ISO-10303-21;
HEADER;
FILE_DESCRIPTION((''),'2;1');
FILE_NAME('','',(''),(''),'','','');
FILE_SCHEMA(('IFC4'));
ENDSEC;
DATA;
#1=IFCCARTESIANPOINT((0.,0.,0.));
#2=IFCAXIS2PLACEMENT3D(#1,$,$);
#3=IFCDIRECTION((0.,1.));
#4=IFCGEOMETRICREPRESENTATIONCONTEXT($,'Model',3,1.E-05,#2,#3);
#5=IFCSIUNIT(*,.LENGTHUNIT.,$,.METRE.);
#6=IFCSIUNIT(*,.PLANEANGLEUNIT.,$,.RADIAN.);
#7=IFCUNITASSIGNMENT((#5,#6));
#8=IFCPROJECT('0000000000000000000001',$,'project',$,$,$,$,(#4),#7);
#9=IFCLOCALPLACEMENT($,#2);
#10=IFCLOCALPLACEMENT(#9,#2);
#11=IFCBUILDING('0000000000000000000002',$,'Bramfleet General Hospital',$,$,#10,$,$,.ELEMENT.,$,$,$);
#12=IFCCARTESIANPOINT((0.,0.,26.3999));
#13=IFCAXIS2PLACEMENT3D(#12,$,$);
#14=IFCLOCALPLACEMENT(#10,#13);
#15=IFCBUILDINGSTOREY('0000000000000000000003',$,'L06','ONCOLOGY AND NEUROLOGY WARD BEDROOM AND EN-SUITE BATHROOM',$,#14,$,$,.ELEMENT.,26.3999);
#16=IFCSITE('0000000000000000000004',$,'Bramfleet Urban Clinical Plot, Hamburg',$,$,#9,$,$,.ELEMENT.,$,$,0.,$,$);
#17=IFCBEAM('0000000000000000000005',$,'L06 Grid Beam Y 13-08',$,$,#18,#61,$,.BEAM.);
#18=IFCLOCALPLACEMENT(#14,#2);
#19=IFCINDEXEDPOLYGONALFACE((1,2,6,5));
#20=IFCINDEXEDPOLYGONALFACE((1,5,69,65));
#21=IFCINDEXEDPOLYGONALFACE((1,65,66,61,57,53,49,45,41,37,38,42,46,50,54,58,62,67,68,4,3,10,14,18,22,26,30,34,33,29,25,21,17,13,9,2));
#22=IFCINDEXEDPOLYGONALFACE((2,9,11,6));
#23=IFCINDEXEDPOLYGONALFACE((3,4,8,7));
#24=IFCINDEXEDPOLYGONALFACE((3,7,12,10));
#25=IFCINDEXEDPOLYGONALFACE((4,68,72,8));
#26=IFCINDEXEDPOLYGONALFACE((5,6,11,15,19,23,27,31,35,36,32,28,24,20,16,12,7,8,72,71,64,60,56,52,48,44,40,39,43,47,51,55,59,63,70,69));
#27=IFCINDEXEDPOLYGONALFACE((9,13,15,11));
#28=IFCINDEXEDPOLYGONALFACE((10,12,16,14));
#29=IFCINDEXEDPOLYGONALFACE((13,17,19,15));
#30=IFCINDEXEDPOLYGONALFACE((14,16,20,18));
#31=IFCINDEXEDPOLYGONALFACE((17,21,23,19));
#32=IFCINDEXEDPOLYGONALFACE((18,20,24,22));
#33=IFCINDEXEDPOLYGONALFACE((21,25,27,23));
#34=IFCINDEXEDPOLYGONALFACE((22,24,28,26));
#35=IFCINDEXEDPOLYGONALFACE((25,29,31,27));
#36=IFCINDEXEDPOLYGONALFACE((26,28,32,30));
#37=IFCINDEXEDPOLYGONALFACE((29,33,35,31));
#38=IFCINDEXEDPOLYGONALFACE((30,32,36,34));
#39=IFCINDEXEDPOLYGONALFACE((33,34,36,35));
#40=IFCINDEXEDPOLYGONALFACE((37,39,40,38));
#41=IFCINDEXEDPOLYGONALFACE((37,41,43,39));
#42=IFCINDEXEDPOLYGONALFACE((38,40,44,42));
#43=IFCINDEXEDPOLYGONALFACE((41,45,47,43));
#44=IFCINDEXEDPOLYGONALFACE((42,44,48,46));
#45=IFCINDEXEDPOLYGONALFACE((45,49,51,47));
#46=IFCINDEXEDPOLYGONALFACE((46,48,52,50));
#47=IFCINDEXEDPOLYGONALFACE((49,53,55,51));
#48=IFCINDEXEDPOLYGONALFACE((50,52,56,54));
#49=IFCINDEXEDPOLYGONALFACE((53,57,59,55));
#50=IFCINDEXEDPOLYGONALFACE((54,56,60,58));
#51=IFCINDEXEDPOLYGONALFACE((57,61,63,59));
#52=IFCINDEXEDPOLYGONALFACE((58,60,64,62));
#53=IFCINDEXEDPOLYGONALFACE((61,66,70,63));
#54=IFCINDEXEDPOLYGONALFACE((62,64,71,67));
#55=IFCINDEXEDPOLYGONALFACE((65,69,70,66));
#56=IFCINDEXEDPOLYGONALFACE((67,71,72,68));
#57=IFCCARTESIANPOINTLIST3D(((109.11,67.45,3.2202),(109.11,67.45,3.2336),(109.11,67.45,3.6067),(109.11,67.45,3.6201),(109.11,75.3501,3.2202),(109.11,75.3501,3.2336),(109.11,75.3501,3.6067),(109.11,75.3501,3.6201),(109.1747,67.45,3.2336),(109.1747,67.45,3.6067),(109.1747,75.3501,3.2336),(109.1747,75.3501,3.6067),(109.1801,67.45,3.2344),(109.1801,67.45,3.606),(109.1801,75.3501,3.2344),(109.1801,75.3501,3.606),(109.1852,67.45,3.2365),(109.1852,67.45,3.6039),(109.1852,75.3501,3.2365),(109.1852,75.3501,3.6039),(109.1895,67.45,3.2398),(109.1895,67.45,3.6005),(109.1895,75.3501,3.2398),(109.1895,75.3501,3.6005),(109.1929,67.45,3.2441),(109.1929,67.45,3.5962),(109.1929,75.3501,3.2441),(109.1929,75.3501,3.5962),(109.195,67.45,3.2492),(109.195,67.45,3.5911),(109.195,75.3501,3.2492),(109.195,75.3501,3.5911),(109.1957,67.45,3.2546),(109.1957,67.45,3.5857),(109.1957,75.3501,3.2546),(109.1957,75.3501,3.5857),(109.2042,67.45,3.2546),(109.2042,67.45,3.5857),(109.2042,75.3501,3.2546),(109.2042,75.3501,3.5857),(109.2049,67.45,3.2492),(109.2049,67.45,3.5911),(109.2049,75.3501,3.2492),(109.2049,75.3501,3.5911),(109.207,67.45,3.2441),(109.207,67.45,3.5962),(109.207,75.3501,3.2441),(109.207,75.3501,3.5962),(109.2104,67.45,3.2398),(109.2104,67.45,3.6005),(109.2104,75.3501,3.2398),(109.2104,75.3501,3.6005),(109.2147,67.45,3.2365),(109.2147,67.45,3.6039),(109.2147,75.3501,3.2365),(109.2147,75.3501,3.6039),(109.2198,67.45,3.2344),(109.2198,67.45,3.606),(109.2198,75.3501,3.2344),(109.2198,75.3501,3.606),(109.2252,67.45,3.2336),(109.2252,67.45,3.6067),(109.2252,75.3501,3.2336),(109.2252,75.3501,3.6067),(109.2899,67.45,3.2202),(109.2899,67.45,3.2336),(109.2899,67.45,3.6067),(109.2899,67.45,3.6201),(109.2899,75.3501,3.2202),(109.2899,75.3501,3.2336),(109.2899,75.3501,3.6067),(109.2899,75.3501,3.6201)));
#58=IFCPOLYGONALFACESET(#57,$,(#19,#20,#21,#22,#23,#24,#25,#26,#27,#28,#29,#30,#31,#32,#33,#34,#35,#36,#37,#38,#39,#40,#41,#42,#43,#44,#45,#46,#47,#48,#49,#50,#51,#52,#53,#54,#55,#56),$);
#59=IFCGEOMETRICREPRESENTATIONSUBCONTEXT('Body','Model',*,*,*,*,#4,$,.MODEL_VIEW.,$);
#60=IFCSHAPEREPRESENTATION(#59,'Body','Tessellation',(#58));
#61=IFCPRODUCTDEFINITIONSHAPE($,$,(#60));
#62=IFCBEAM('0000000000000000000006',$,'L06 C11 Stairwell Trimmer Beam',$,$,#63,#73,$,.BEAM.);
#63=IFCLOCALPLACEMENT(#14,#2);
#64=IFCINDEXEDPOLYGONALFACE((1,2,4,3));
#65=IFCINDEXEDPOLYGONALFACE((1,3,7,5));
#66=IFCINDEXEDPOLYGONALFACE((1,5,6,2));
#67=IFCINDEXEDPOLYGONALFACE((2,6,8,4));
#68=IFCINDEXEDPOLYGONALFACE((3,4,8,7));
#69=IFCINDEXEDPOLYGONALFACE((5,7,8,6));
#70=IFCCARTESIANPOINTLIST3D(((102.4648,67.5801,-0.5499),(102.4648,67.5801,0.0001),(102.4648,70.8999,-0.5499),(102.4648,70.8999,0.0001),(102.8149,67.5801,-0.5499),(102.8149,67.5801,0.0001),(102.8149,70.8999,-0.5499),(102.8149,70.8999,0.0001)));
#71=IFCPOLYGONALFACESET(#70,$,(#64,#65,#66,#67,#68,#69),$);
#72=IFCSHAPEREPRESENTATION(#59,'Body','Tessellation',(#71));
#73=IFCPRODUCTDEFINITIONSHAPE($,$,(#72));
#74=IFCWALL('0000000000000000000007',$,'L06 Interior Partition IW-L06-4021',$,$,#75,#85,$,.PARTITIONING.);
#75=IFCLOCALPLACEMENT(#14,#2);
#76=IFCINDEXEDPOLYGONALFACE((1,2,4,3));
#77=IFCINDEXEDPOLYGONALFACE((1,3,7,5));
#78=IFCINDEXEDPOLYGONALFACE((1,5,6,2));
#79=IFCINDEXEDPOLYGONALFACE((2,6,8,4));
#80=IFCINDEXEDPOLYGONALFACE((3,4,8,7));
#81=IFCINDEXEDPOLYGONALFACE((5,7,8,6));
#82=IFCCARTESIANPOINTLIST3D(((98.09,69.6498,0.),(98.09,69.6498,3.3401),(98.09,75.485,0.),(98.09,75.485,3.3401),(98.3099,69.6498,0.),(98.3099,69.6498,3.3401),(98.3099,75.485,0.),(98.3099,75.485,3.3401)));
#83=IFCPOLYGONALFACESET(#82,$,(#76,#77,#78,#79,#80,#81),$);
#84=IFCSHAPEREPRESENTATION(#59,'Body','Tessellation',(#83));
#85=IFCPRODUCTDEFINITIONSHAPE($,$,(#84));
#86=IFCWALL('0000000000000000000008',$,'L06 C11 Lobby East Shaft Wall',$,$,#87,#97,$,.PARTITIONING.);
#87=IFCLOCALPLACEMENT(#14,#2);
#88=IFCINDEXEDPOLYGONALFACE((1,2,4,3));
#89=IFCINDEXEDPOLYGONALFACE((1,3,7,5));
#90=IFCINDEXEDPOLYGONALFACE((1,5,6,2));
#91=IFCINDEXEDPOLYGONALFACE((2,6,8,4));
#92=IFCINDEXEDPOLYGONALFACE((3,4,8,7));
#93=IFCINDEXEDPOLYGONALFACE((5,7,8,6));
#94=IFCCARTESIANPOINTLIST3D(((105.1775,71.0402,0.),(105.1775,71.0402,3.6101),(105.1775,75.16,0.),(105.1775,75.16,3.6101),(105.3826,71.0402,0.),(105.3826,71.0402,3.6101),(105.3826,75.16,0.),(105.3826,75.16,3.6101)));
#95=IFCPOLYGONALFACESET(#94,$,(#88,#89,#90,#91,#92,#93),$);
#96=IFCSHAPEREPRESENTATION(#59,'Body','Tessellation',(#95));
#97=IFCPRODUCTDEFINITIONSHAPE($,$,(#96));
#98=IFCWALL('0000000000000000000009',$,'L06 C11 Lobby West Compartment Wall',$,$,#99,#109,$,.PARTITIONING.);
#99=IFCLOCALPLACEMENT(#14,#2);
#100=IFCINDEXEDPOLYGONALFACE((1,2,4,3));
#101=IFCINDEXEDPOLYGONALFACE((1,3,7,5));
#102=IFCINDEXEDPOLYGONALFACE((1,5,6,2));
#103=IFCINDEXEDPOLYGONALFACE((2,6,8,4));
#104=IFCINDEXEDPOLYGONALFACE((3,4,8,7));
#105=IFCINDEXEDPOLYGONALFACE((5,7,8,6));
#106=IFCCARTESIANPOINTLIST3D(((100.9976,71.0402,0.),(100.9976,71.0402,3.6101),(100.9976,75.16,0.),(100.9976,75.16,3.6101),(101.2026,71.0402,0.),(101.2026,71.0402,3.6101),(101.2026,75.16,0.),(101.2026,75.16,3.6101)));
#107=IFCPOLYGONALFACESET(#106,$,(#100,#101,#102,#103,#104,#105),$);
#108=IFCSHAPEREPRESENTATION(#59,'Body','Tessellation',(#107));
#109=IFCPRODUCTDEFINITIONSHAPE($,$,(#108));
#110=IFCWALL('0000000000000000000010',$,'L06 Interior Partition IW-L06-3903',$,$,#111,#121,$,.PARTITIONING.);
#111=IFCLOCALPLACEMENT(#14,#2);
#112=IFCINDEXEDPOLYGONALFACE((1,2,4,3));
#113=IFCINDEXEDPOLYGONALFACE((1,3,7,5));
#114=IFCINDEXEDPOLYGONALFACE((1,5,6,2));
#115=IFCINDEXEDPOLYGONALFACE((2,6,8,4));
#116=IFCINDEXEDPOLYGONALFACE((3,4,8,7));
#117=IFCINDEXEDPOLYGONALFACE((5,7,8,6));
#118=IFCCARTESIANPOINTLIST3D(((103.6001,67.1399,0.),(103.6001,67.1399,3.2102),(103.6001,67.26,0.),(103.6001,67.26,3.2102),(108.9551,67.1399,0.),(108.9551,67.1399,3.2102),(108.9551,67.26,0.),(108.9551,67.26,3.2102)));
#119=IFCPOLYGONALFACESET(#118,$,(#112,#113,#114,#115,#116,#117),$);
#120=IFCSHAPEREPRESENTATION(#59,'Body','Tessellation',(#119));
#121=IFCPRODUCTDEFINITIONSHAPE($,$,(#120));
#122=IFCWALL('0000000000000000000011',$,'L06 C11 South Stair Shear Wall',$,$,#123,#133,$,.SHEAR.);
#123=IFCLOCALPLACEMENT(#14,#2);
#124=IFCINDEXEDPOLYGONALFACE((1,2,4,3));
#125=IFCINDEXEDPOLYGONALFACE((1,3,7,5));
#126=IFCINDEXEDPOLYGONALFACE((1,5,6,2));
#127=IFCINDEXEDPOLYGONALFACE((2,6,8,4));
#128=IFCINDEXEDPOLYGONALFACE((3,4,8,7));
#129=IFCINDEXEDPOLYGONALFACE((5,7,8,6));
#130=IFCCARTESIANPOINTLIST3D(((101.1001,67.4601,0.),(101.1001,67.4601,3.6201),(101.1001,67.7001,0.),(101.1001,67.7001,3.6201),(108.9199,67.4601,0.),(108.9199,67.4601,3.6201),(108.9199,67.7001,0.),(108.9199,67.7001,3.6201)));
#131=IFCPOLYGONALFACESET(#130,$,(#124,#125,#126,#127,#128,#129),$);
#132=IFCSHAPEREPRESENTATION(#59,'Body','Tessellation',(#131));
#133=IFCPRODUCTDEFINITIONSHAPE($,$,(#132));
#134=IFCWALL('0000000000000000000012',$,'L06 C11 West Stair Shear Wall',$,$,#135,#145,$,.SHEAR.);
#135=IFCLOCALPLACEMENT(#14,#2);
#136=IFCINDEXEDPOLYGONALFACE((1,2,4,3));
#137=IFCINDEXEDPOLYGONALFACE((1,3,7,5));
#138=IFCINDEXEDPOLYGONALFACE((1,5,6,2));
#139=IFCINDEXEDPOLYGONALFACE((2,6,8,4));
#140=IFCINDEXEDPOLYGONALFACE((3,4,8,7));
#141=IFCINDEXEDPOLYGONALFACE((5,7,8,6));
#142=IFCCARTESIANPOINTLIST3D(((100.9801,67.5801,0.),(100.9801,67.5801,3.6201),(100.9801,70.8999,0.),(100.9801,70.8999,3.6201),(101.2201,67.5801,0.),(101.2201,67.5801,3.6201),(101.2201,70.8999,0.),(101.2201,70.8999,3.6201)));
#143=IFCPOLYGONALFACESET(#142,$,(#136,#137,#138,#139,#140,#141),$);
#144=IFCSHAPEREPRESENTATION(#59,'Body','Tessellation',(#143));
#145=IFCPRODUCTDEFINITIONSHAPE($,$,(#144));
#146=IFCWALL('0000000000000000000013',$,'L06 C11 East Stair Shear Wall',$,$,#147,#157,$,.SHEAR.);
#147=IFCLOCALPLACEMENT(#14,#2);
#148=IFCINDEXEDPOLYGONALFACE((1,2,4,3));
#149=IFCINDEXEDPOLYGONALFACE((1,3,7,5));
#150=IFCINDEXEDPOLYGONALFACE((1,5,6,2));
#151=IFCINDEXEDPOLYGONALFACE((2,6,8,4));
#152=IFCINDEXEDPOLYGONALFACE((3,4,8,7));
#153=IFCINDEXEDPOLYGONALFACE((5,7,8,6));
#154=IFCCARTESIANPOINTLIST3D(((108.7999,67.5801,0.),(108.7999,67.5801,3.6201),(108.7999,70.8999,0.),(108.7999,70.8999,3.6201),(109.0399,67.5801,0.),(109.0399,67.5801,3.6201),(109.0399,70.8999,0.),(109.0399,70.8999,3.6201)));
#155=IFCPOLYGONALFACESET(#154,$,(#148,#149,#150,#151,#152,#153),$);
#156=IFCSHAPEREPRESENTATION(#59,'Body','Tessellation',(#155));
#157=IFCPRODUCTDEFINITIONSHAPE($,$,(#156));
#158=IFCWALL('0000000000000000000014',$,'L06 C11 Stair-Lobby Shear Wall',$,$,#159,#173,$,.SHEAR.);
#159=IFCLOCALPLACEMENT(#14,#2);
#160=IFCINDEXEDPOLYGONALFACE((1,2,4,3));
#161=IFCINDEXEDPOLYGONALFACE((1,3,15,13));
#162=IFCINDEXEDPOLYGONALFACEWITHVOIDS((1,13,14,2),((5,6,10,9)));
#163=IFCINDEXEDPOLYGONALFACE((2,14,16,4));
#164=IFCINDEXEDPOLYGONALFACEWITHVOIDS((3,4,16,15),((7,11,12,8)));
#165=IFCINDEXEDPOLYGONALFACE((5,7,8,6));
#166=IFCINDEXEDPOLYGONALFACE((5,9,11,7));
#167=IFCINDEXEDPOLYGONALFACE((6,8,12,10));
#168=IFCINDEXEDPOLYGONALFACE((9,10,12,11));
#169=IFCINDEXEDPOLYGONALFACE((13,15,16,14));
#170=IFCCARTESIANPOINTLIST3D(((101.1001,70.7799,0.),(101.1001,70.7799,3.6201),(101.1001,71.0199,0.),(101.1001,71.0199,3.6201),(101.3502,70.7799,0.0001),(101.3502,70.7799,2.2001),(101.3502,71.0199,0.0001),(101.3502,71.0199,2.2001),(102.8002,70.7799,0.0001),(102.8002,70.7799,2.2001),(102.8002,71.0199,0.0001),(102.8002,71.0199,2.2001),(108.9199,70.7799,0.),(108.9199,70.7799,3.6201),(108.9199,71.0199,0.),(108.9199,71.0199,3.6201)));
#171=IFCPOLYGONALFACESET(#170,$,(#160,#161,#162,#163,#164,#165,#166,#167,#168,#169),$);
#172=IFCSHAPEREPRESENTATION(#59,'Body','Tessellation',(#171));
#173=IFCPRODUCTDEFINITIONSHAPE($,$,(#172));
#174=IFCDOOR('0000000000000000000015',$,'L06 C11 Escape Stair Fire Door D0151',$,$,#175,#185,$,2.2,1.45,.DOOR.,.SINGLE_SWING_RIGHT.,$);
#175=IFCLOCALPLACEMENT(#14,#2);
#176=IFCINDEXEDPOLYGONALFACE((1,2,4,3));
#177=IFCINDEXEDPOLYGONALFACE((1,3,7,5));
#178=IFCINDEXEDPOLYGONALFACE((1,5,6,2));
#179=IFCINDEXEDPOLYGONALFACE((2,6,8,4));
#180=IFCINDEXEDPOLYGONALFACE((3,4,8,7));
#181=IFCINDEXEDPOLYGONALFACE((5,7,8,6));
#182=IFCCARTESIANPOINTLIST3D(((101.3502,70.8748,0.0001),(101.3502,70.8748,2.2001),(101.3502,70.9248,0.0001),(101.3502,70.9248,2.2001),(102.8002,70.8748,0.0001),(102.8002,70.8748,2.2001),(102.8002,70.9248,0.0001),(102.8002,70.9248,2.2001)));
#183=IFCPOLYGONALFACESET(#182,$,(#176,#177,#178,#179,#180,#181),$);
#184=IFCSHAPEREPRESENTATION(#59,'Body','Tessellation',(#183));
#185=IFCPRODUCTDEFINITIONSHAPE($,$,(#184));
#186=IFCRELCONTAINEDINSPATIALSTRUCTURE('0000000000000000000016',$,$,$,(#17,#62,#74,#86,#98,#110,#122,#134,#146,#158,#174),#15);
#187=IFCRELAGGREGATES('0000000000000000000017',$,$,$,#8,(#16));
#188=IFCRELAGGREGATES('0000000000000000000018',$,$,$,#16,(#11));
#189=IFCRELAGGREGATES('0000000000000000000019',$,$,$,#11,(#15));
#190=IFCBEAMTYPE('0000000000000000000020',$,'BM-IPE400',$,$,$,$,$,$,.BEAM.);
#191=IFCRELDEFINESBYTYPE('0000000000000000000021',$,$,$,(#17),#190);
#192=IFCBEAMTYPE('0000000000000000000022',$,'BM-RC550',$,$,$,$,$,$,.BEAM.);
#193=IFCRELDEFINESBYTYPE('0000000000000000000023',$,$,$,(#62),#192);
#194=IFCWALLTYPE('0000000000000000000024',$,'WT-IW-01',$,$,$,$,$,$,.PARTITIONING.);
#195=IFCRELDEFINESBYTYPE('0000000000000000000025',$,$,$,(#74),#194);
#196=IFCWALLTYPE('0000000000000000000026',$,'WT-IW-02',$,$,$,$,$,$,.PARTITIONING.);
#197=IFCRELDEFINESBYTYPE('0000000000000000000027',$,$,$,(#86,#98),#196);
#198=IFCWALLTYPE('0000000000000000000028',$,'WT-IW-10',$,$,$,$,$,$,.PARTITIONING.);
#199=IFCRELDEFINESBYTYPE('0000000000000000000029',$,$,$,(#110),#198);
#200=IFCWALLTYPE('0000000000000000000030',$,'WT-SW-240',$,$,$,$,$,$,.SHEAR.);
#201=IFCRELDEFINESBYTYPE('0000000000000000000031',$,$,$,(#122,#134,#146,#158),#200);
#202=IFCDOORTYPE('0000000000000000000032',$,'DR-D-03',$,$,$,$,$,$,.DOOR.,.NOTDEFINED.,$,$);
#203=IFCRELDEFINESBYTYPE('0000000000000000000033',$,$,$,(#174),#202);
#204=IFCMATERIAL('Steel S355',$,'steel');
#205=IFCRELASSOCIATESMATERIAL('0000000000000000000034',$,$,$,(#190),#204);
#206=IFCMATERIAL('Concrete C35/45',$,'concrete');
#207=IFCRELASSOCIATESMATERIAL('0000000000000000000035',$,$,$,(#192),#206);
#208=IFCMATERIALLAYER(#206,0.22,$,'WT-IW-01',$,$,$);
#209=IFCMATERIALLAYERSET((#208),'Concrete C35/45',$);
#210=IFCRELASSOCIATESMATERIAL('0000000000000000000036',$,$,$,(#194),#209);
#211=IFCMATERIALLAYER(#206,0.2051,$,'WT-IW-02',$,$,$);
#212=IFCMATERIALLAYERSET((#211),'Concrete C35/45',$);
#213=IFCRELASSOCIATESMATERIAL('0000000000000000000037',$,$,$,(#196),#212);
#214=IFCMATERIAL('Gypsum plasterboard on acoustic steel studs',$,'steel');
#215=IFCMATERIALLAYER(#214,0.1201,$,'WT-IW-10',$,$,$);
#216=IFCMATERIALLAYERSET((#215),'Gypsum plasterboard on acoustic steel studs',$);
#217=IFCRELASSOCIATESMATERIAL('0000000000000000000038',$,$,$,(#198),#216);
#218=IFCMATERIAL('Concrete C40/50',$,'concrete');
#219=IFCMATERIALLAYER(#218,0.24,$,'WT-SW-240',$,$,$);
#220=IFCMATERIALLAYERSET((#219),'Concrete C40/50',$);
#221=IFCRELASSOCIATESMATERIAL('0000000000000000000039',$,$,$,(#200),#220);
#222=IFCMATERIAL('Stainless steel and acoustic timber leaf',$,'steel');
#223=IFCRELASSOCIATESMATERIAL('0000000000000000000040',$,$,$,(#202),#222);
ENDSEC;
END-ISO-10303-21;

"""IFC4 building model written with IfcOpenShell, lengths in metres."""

from ifc_helpers import new_model, si_unit, direction, frame, frame_2d, origin, origin_2d, place, context, subcontext, project, spatial, rectangle, i_section, extrude, material, layer, layer_set, material_profile, profile_set, type_object, element, fill, save


model = new_model("IFC4")

# Units and contexts
model_context = context("Model", 3, precision=1e-05, world=origin(), true_north=direction((0.0, 1.0)))
body_context = subcontext(model_context, "Body", "Model", "MODEL_VIEW")
ifc_project = project(units=[si_unit("LENGTHUNIT", "METRE"), si_unit("PLANEANGLEUNIT", "RADIAN")], contexts=[model_context])

# Site, building, storey
site_placement = place(None, origin())
site = spatial("IfcSite", under=ifc_project, at=site_placement, Name="Bramfleet Urban Clinical Plot, Hamburg", CompositionType="ELEMENT", RefElevation=0.0)
building_placement = place(site_placement, origin())
building = spatial("IfcBuilding", under=site, at=building_placement, Name="Bramfleet General Hospital", CompositionType="ELEMENT")
storey_placement = place(building_placement, frame((0.0, 0.0, 26.3999)))
storey = spatial("IfcBuildingStorey", under=building, at=storey_placement, Name="L06", Description="ONCOLOGY AND NEUROLOGY WARD BEDROOM AND EN-SUITE BATHROOM", CompositionType="ELEMENT", Elevation=26.3999)

# Shared definitions
ifc_material_1 = material(Name="Concrete C40/50", Category="concrete")

# Beams
ifc_material_2 = material(Name="Steel S355", Category="steel")
ifc_material_profile_1 = material_profile(ifc_material_2, i_section(OverallWidth=0.1799, OverallDepth=0.3999, WebThickness=0.0085, FlangeThickness=0.0134, FilletRadius=0.021, at=origin_2d()), Name="IPE 400")
ifc_profile_set_1 = profile_set([ifc_material_profile_1], Name="Steel S355")
beam_type_1 = type_object("IfcBeamType", Name="BM-IPE400", PredefinedType="BEAM", material=ifc_profile_set_1)
for number, where, z_axis, x_axis, name in (
    (1, (109.2, 67.45, 3.4202), (0.0, 1.0, 0.0), (-1.0, 0.0, 0.0), "L06 Grid Beam Y 13-08"),
):
    element("IfcBeam", number, at=place(storey_placement, frame(where, z_axis=z_axis, x_axis=x_axis)), inside=storey, type_object=beam_type_1, Name=name, PredefinedType="BEAM", context=body_context, shape_type="SweptSolid", body=[
        extrude(i_section(OverallWidth=0.1799, OverallDepth=0.3999, WebThickness=0.0085, FlangeThickness=0.0134, FilletRadius=0.021, at=origin_2d()), origin(), (0.0, 0.0, 1.0), 7.9001),
    ])
ifc_material_3 = material(Name="Concrete C35/45", Category="concrete")
ifc_material_profile_2 = material_profile(ifc_material_3, rectangle(XDim=0.3501, YDim=0.55, at=origin_2d()), Name="RC BM 550x350")
ifc_profile_set_2 = profile_set([ifc_material_profile_2], Name="Concrete C35/45")
beam_type_2 = type_object("IfcBeamType", Name="BM-RC550", PredefinedType="BEAM", material=ifc_profile_set_2)
beam_placement = place(storey_placement, frame((102.6399, 67.5801, -0.2749), z_axis=(0.0, 1.0, 0.0), x_axis=(-1.0, 0.0, 0.0)))
element("IfcBeam", 2, at=beam_placement, inside=storey, type_object=beam_type_2, Name="L06 C11 Stairwell Trimmer Beam", PredefinedType="BEAM", context=body_context, shape_type="SweptSolid", body=[
    extrude(rectangle(XDim=0.3501, YDim=0.55, at=origin_2d()), origin(), (0.0, 0.0, 1.0), 3.3198),
])

# Walls
ifc_layer_1 = layer(ifc_material_3, 0.22, Name="WT-IW-01")
ifc_layer_set_1 = layer_set([ifc_layer_1], Name="Concrete C35/45")
wall_type_1 = type_object("IfcWallType", Name="WT-IW-01", PredefinedType="PARTITIONING", material=ifc_layer_set_1)
wall_1_placement = place(storey_placement, frame((98.2, 69.6499, 0.0), z_axis=(0.0, 0.0, 1.0), x_axis=(0.0, 1.0, 0.0)))
element("IfcWall", 3, at=wall_1_placement, inside=storey, type_object=wall_type_1, Name="L06 Interior Partition IW-L06-4021", PredefinedType="PARTITIONING", context=body_context, shape_type="SweptSolid", body=[
    extrude(rectangle(XDim=5.8352, YDim=0.22, at=frame_2d((2.9175, 0.0))), origin(), (0.0, 0.0, 1.0), 3.3401),
])
ifc_layer_2 = layer(ifc_material_3, 0.2051, Name="WT-IW-02")
ifc_layer_set_2 = layer_set([ifc_layer_2], Name="Concrete C35/45")
wall_type_2 = type_object("IfcWallType", Name="WT-IW-02", PredefinedType="PARTITIONING", material=ifc_layer_set_2)
for number, where, z_axis, x_axis, name in (
    (4, (105.28, 71.04, 0.0), (0.0, 0.0, 1.0), (0.0, 1.0, 0.0), "L06 C11 Lobby East Shaft Wall"),
    (5, (101.1001, 71.04, 0.0), (0.0, 0.0, 1.0), (0.0, 1.0, 0.0), "L06 C11 Lobby West Compartment Wall"),
):
    element("IfcWall", number, at=place(storey_placement, frame(where, z_axis=z_axis, x_axis=x_axis)), inside=storey, type_object=wall_type_2, Name=name, PredefinedType="PARTITIONING", context=body_context, shape_type="SweptSolid", body=[
        extrude(rectangle(XDim=4.1199, YDim=0.2051, at=frame_2d((2.0601, 0.0))), origin(), (0.0, 0.0, 1.0), 3.6101),
    ])
ifc_material_4 = material(Name="Gypsum plasterboard on acoustic steel studs", Category="steel")
ifc_layer_3 = layer(ifc_material_4, 0.1201, Name="WT-IW-10")
ifc_layer_set_3 = layer_set([ifc_layer_3], Name="Gypsum plasterboard on acoustic steel studs")
wall_type_3 = type_object("IfcWallType", Name="WT-IW-10", PredefinedType="PARTITIONING", material=ifc_layer_set_3)
wall_2_placement = place(storey_placement, frame((103.6001, 67.2, 0.0), z_axis=(0.0, 0.0, 1.0), x_axis=(1.0, 0.0, 0.0)))
element("IfcWall", 6, at=wall_2_placement, inside=storey, type_object=wall_type_3, Name="L06 Interior Partition IW-L06-3903", PredefinedType="PARTITIONING", context=body_context, shape_type="SweptSolid", body=[
    extrude(rectangle(XDim=5.355, YDim=0.1201, at=frame_2d((2.6775, 0.0))), origin(), (0.0, 0.0, 1.0), 3.2102),
])
ifc_layer_4 = layer(ifc_material_1, 0.24, Name="WT-SW-240")
ifc_layer_set_4 = layer_set([ifc_layer_4], Name="Concrete C40/50")
wall_type_4 = type_object("IfcWallType", Name="WT-SW-240", PredefinedType="SHEAR", material=ifc_layer_set_4)
wall_3_placement = place(storey_placement, frame((101.1001, 67.5801, 0.0), z_axis=(0.0, 0.0, 1.0), x_axis=(1.0, 0.0, 0.0)))
element("IfcWall", 7, at=wall_3_placement, inside=storey, type_object=wall_type_4, Name="L06 C11 South Stair Shear Wall", PredefinedType="SHEAR", context=body_context, shape_type="SweptSolid", body=[
    extrude(rectangle(XDim=7.8198, YDim=0.24, at=frame_2d((3.9099, 0.0))), origin(), (0.0, 0.0, 1.0), 3.6201),
])
for number, where, z_axis, x_axis, name in (
    (8, (101.1001, 67.5801, 0.0), (0.0, 0.0, 1.0), (0.0, 1.0, 0.0), "L06 C11 West Stair Shear Wall"),
    (9, (108.9199, 67.5801, 0.0), (0.0, 0.0, 1.0), (0.0, 1.0, 0.0), "L06 C11 East Stair Shear Wall"),
):
    element("IfcWall", number, at=place(storey_placement, frame(where, z_axis=z_axis, x_axis=x_axis)), inside=storey, type_object=wall_type_4, Name=name, PredefinedType="SHEAR", context=body_context, shape_type="SweptSolid", body=[
        extrude(rectangle(XDim=3.3198, YDim=0.24, at=frame_2d((1.6599, 0.0))), origin(), (0.0, 0.0, 1.0), 3.6201),
    ])

# Wall, opening, door
wall_4_placement = place(storey_placement, frame((101.1001, 70.8999, 0.0), z_axis=(0.0, 0.0, 1.0), x_axis=(1.0, 0.0, 0.0)))
wall_4 = element("IfcWall", 10, at=wall_4_placement, inside=storey, type_object=wall_type_4, Name="L06 C11 Stair-Lobby Shear Wall", PredefinedType="SHEAR", context=body_context, shape_type="SweptSolid", body=[
    extrude(rectangle(XDim=7.8198, YDim=0.24, at=frame_2d((3.9099, 0.0))), origin(), (0.0, 0.0, 1.0), 3.6201),
])
opening_placement = place(wall_4_placement, frame((0.25, 0.0, 0.0)))
opening = element("IfcOpeningElement", 11, at=opening_placement, cuts=wall_4, PredefinedType="OPENING", context=body_context, shape_type="SweptSolid", body=[
    extrude(rectangle(XDim=1.45, YDim=2.2, at=frame_2d((0.7251, 1.1001))), frame((0.0, 0.1299, 0.0), z_axis=(0.0, -1.0, 0.0), x_axis=(1.0, 0.0, 0.0)), (0.0, 0.0, 1.0), 0.26),
])
ifc_material_5 = material(Name="Stainless steel and acoustic timber leaf", Category="steel")
door_type = type_object("IfcDoorType", Name="DR-D-03", OperationType="NOTDEFINED", PredefinedType="DOOR", material=ifc_material_5)
door_placement = place(opening_placement, origin())
door = element("IfcDoor", 12, at=door_placement, inside=storey, type_object=door_type, Name="L06 C11 Escape Stair Fire Door D0151", OperationType="SINGLE_SWING_RIGHT", OverallHeight=2.2, OverallWidth=1.45, PredefinedType="DOOR", context=body_context, shape_type="SweptSolid", body=[
    extrude(rectangle(XDim=1.45, YDim=2.2, at=frame_2d((0.7251, 1.1001))), frame((0.0, 0.0249, 0.0), z_axis=(0.0, -1.0, 0.0), x_axis=(1.0, 0.0, 0.0)), (0.0, 0.0, 1.0), 0.05),
])
fill(opening, door)

save(model, "model.ifc")
